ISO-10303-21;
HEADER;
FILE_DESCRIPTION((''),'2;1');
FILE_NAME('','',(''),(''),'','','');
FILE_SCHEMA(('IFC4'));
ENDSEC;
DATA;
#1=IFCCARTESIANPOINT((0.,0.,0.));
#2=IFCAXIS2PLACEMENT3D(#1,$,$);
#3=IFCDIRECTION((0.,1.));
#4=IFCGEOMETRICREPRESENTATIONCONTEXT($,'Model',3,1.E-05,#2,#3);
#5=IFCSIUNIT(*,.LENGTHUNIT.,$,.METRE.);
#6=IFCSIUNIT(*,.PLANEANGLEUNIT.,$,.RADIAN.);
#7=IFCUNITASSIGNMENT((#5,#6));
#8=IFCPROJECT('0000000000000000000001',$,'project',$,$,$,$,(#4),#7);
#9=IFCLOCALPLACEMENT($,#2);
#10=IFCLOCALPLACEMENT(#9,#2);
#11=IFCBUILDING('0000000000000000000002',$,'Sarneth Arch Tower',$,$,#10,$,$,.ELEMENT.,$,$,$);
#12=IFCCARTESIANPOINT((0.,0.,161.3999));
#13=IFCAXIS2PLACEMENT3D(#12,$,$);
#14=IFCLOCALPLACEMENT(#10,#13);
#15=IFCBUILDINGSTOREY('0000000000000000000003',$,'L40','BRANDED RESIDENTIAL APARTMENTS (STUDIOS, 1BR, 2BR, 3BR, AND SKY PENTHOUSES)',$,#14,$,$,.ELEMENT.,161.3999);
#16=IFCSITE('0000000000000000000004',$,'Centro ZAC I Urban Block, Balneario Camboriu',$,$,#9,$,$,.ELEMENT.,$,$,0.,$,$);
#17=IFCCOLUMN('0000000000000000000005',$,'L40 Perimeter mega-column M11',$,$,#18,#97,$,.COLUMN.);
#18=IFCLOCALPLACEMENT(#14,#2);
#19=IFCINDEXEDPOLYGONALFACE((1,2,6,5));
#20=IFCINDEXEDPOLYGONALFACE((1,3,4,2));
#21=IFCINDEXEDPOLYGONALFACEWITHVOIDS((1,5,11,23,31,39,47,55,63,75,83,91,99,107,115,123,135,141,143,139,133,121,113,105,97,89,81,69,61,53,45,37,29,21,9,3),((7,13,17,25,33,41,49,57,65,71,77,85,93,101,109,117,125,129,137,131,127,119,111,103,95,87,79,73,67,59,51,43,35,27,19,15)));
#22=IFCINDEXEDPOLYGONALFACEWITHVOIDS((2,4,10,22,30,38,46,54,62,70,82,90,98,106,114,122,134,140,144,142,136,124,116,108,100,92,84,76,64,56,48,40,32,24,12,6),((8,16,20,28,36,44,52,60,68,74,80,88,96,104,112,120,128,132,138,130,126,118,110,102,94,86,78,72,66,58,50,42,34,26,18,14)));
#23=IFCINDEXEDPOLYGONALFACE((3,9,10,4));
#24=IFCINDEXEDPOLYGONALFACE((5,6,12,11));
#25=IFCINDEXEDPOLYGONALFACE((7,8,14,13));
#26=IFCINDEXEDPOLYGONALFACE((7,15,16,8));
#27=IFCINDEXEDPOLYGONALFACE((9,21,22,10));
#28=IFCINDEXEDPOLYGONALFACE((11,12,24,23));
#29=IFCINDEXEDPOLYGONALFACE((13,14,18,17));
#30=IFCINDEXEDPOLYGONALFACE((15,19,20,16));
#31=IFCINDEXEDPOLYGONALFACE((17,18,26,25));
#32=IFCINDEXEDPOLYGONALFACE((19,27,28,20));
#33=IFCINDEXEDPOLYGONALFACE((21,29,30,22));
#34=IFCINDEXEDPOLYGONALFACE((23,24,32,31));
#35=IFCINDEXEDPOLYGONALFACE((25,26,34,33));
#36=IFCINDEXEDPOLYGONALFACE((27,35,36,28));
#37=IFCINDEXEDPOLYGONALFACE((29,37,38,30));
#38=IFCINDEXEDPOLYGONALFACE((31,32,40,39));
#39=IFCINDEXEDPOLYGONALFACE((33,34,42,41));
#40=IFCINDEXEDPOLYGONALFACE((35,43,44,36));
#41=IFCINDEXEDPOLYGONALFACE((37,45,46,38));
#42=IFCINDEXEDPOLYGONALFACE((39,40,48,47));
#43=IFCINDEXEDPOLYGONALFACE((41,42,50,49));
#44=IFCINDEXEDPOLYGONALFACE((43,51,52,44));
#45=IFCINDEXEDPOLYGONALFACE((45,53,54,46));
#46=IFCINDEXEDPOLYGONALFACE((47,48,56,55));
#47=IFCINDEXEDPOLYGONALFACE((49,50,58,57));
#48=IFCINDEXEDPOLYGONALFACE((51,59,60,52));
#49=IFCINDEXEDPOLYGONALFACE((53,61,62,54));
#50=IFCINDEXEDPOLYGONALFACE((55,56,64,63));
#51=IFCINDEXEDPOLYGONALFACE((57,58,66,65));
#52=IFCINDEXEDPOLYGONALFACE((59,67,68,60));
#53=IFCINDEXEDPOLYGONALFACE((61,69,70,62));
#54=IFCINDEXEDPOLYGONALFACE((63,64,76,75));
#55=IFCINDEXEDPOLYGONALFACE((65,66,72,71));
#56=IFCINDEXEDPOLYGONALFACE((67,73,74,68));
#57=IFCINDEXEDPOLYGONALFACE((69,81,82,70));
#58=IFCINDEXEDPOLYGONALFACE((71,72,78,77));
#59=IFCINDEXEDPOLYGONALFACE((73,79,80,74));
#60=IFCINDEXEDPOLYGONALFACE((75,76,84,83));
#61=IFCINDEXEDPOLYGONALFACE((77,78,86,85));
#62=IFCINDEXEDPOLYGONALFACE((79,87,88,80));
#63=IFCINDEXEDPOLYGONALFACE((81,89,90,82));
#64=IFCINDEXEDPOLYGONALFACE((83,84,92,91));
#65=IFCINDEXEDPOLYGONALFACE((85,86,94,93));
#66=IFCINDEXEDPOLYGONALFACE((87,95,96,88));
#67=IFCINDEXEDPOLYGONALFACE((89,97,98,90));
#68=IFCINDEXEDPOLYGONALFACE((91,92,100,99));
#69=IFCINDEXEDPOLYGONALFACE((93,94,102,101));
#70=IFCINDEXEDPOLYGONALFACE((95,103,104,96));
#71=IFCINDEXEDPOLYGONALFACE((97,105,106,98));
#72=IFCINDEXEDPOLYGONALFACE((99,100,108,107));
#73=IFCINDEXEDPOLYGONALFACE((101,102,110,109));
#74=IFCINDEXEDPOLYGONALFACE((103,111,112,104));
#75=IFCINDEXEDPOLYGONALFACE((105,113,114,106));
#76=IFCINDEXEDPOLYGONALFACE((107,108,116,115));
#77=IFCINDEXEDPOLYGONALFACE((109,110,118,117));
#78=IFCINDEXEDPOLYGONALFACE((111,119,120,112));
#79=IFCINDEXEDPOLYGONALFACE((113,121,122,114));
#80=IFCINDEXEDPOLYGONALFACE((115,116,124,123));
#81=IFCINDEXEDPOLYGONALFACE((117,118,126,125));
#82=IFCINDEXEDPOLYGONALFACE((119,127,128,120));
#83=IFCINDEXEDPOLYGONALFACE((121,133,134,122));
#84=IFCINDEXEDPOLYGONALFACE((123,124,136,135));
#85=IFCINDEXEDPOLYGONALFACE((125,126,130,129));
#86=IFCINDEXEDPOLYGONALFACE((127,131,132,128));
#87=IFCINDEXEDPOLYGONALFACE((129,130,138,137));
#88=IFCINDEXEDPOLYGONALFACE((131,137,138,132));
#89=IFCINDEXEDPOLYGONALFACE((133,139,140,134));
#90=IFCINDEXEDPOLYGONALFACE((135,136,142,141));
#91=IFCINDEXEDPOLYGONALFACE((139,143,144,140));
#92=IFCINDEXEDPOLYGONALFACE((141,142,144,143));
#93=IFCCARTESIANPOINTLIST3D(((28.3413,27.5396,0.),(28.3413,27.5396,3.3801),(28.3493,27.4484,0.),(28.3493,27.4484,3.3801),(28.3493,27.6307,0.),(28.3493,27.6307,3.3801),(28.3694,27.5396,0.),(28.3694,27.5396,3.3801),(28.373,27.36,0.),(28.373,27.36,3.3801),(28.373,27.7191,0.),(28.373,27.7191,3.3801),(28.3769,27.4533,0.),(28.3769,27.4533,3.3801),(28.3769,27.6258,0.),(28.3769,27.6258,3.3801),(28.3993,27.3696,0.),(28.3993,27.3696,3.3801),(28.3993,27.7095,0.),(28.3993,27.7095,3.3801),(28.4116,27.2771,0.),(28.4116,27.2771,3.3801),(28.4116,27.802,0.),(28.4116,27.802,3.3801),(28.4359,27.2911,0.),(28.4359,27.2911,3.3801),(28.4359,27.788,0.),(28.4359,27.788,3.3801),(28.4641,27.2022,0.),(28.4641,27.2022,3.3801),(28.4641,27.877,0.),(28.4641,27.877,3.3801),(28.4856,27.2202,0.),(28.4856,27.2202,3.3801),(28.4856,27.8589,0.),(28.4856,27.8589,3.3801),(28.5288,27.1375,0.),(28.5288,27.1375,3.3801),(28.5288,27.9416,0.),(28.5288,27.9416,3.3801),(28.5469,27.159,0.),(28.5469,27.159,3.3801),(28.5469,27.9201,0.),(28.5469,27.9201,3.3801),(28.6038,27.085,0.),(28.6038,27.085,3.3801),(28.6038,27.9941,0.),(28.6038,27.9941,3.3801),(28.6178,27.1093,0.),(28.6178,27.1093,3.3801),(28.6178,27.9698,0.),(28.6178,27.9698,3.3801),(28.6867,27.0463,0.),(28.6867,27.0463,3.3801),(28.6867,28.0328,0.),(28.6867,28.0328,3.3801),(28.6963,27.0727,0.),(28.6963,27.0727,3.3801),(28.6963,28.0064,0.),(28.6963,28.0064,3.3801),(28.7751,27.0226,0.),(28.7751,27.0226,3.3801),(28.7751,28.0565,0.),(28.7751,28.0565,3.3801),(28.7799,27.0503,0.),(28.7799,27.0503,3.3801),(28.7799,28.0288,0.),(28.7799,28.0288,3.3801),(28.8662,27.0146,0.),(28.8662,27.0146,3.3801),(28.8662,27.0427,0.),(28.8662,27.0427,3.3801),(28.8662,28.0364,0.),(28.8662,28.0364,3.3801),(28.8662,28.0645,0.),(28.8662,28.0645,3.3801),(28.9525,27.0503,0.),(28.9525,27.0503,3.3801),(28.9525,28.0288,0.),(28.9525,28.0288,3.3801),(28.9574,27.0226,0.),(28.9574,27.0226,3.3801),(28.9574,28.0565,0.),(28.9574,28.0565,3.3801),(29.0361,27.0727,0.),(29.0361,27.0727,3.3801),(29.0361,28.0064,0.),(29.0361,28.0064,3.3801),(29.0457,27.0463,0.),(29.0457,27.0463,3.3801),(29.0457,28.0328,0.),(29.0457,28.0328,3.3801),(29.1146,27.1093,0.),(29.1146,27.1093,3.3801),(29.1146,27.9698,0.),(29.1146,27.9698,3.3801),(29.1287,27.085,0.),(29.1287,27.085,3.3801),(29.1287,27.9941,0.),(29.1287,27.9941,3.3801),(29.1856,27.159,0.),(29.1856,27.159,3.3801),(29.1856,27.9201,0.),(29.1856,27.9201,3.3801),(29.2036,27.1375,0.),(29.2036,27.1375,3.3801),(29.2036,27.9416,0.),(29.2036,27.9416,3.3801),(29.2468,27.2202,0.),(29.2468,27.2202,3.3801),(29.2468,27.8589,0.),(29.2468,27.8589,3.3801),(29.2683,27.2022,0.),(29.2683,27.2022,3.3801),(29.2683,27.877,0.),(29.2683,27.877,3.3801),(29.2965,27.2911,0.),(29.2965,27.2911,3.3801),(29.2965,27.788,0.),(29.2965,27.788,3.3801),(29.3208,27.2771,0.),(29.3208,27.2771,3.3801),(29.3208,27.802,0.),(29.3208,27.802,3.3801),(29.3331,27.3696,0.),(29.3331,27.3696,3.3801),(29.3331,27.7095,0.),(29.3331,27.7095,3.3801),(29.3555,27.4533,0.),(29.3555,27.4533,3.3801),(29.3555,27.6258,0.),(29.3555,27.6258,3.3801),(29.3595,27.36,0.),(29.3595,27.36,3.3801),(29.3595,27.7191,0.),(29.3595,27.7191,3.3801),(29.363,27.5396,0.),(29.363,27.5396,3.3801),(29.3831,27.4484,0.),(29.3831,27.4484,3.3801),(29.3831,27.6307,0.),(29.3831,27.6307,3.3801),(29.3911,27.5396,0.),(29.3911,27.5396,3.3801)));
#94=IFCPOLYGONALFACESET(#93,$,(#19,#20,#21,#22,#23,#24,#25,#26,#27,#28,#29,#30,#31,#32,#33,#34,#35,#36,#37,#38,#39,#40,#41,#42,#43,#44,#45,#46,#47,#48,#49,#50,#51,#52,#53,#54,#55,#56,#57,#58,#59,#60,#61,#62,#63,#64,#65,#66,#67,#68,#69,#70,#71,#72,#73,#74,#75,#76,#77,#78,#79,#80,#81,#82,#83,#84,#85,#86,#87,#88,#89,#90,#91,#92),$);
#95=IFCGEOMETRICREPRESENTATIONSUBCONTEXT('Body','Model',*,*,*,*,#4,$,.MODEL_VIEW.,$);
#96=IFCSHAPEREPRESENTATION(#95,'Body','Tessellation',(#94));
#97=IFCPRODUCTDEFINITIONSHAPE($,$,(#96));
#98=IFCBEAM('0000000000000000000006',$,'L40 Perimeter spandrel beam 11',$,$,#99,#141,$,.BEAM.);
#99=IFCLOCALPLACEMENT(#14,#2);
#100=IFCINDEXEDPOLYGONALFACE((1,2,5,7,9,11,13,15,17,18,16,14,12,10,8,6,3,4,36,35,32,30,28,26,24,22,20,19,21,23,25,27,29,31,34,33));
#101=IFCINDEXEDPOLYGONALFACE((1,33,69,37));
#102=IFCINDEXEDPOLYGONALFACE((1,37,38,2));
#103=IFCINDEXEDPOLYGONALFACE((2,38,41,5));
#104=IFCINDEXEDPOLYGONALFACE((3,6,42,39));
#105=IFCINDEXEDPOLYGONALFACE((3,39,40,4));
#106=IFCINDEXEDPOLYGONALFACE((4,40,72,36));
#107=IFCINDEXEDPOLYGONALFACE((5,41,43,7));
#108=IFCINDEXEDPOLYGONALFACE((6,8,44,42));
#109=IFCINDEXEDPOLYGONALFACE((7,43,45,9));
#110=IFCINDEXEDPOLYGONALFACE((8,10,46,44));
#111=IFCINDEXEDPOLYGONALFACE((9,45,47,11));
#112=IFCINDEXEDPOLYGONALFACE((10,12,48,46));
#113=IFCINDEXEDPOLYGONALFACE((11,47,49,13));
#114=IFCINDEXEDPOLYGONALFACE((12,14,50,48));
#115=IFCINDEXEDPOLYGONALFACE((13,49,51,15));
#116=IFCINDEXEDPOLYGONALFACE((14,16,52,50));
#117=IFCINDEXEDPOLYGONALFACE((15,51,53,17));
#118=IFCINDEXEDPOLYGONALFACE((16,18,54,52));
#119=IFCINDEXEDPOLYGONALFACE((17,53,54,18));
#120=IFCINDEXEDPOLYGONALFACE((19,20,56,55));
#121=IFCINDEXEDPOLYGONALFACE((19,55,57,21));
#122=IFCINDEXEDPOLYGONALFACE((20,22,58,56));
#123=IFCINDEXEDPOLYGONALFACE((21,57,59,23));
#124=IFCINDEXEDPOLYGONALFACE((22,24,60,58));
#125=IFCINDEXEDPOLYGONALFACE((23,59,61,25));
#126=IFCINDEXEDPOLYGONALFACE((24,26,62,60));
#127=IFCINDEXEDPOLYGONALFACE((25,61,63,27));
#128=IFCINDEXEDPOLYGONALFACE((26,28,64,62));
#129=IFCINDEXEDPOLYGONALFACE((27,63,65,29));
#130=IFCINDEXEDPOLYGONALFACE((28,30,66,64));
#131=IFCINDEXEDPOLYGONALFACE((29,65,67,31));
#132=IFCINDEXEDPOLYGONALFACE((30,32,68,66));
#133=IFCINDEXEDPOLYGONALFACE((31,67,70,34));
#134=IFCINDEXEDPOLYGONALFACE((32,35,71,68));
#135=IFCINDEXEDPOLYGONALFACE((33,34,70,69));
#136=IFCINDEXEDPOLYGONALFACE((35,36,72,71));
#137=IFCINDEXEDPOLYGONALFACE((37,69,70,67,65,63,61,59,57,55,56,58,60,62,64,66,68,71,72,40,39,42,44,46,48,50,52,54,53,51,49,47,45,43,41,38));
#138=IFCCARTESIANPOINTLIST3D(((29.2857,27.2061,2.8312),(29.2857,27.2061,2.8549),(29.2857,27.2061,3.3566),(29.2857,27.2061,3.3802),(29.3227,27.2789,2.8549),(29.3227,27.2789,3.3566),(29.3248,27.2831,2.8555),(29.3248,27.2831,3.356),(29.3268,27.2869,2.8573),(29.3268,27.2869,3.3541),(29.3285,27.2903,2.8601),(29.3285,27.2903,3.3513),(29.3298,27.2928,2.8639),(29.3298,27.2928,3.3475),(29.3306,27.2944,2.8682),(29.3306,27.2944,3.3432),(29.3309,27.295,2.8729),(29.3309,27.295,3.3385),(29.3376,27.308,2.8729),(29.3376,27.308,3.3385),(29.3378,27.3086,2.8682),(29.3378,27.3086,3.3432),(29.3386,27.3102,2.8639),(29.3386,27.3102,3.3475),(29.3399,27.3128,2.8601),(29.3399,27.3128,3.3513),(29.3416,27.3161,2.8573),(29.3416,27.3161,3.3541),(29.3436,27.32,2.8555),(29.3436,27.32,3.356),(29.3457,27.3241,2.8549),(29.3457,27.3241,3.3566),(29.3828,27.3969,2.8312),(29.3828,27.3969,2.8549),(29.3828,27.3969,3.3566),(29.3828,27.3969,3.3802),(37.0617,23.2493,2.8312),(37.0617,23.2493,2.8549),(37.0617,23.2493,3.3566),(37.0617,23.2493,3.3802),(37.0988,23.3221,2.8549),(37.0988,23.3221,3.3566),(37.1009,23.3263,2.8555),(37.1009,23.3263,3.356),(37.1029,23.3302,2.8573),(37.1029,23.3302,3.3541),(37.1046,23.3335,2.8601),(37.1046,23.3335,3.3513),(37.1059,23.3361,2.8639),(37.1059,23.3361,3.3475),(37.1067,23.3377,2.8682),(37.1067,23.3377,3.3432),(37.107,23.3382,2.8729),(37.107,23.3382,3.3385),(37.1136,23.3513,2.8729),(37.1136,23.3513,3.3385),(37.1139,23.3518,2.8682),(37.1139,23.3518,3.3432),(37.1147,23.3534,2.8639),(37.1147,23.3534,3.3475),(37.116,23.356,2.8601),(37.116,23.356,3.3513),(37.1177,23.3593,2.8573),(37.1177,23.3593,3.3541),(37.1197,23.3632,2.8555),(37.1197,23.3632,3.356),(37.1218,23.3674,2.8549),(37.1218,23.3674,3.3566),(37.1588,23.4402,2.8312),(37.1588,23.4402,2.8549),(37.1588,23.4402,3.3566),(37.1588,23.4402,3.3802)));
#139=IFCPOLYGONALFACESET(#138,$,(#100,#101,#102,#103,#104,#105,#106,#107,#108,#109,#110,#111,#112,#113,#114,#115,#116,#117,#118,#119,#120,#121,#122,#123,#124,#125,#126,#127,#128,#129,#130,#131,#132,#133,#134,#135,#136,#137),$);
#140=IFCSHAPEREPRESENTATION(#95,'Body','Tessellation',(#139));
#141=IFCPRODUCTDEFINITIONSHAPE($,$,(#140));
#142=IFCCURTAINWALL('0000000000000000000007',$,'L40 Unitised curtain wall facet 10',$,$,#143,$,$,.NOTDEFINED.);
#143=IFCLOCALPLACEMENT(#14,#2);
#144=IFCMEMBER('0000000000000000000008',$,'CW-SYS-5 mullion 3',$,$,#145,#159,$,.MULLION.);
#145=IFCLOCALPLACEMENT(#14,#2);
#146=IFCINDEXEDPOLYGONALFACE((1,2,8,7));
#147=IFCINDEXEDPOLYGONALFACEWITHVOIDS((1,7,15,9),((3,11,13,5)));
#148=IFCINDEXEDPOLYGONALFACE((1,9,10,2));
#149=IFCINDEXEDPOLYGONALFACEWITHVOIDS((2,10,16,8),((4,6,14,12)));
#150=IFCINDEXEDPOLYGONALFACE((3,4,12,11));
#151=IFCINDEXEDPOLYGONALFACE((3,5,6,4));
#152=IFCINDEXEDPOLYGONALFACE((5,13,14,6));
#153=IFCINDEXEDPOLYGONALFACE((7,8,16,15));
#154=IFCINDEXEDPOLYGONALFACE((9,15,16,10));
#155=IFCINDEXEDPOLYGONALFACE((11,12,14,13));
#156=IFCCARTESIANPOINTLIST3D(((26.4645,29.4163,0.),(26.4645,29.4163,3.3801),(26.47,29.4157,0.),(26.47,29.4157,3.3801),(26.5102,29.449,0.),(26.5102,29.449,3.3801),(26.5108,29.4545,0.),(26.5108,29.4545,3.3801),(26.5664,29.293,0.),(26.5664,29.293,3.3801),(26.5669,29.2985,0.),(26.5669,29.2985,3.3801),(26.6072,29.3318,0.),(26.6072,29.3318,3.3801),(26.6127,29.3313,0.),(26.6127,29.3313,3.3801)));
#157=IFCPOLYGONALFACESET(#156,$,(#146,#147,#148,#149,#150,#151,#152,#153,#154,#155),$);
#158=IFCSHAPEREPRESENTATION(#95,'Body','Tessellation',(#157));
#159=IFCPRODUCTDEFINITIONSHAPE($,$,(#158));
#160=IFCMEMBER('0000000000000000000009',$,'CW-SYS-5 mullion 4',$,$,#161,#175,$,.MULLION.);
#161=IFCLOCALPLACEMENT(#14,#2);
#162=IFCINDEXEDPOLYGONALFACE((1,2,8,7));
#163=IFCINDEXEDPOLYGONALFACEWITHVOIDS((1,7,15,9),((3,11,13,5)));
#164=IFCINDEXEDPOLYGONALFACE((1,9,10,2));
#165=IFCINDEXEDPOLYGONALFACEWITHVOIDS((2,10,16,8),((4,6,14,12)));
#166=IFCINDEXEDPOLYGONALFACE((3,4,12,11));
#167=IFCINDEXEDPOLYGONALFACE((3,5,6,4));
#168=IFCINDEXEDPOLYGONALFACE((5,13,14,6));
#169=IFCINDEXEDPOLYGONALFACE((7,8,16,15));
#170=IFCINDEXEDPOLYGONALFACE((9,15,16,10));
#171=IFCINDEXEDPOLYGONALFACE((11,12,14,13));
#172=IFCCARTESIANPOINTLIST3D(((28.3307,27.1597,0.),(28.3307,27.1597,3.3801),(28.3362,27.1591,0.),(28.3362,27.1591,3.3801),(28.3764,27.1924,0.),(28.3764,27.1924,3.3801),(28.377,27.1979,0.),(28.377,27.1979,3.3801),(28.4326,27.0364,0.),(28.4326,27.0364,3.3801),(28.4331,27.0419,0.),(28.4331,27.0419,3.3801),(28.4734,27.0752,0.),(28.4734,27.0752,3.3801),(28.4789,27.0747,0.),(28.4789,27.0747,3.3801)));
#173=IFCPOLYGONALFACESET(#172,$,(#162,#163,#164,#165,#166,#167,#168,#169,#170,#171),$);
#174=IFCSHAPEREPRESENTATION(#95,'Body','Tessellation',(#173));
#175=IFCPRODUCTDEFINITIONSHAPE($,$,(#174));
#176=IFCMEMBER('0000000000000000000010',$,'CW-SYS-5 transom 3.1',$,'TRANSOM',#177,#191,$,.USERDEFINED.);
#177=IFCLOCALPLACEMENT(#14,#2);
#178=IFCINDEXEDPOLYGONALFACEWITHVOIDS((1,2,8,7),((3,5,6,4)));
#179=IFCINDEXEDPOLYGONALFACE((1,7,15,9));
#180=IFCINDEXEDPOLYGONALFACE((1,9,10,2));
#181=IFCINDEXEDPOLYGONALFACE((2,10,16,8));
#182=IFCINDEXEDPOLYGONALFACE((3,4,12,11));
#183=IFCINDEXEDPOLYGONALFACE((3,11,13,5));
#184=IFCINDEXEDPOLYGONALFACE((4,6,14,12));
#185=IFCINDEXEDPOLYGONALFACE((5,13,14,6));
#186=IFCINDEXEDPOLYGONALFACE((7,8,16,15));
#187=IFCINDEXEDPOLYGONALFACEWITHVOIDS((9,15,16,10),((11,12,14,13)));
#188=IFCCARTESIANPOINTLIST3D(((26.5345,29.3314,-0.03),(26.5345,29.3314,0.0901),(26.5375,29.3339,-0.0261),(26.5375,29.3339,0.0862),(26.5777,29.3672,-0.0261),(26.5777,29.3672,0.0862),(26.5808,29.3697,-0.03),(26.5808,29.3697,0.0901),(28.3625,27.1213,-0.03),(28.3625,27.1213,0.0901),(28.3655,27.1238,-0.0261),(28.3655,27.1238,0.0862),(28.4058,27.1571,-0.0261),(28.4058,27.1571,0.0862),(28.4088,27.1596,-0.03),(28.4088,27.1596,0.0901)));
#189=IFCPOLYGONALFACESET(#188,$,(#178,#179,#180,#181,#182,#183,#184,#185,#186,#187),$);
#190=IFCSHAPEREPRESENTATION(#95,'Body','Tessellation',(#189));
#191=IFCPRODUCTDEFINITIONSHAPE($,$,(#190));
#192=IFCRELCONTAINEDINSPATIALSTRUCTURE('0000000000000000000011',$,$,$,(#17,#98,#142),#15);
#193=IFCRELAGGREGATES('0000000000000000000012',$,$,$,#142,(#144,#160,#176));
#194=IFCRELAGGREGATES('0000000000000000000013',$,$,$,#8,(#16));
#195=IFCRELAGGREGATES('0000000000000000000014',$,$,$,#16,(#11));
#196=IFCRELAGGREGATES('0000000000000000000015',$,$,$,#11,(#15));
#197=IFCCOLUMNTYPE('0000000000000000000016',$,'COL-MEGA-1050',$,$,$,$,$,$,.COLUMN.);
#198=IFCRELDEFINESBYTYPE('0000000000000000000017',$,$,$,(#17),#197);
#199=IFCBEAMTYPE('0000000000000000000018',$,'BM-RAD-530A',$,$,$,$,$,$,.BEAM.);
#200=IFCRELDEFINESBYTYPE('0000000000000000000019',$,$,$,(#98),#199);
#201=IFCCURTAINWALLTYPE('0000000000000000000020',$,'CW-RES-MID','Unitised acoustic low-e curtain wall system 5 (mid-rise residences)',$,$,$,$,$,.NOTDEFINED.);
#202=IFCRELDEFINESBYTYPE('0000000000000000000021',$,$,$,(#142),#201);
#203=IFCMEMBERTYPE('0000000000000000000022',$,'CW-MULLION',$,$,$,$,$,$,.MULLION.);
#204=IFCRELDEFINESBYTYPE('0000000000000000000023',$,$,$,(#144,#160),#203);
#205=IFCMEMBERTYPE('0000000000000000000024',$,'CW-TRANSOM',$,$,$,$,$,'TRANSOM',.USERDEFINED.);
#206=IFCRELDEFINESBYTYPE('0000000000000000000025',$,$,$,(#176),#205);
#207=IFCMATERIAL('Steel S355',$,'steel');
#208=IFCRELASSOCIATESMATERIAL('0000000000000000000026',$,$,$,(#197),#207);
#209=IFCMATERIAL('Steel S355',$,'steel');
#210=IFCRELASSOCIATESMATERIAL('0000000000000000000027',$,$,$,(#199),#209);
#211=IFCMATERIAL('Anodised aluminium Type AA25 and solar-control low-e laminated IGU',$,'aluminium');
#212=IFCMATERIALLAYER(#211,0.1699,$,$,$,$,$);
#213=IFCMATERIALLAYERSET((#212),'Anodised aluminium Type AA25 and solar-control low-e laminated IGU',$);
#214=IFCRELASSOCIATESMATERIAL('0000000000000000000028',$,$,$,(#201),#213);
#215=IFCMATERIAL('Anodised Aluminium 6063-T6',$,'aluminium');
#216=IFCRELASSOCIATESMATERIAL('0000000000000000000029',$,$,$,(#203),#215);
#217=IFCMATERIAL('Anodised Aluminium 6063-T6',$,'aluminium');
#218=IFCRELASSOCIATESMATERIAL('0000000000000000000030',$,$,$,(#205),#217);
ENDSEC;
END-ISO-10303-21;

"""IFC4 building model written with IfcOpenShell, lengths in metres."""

from ifc_helpers import new_model, si_unit, direction, frame, origin, origin_2d, place, context, subcontext, project, spatial, hollow_rectangle, hollow_circle, i_section, extrude, material, layer, layer_set, material_profile, profile_set, type_object, element, aggregate, save


model = new_model("IFC4")

# Units and contexts
model_context = context("Model", 3, precision=1e-05, world=origin(), true_north=direction((0.0, 1.0)))
body_context = subcontext(model_context, "Body", "Model", "MODEL_VIEW")
ifc_project = project(units=[si_unit("LENGTHUNIT", "METRE"), si_unit("PLANEANGLEUNIT", "RADIAN")], contexts=[model_context])

# Site, building, storey
site_placement = place(None, origin())
site = spatial("IfcSite", under=ifc_project, at=site_placement, Name="Centro ZAC I Urban Block, Balneario Camboriu", CompositionType="ELEMENT", RefElevation=0.0)
building_placement = place(site_placement, origin())
building = spatial("IfcBuilding", under=site, at=building_placement, Name="Sarneth Arch Tower", CompositionType="ELEMENT")
storey_placement = place(building_placement, frame((0.0, 0.0, 161.3999)))
storey = spatial("IfcBuildingStorey", under=building, at=storey_placement, Name="L40", Description="BRANDED RESIDENTIAL APARTMENTS (STUDIOS, 1BR, 2BR, 3BR, AND SKY PENTHOUSES)", CompositionType="ELEMENT", Elevation=161.3999)

# Column
ifc_material_1 = material(Name="Steel S355", Category="steel")
ifc_material_profile_1 = material_profile(ifc_material_1, hollow_circle(Radius=0.5249, WallThickness=0.0281, at=origin_2d()), Name="CHS1050x28")
ifc_profile_set_1 = profile_set([ifc_material_profile_1], Name="Steel S355")
column_type = type_object("IfcColumnType", Name="COL-MEGA-1050", PredefinedType="COLUMN", material=ifc_profile_set_1)
column_placement = place(storey_placement, frame((28.8662, 27.5396, 0.0), z_axis=(0.0, 0.0, 1.0), x_axis=(1.0, 0.0, 0.0)))
element("IfcColumn", 1, at=column_placement, inside=storey, type_object=column_type, Name="L40 Perimeter mega-column M11", PredefinedType="COLUMN", context=body_context, shape_type="SweptSolid", body=[
    extrude(hollow_circle(Radius=0.5249, WallThickness=0.0281, at=origin_2d()), origin(), (0.0, 0.0, 1.0), 3.3801),
])

# Beam
ifc_material_2 = material(Name="Steel S355", Category="steel")
ifc_material_profile_2 = material_profile(ifc_material_2, i_section(OverallWidth=0.2141, OverallDepth=0.5491, WebThickness=0.0146, FlangeThickness=0.0237, FilletRadius=0.0181, at=origin_2d()), Name="W530x138")
ifc_profile_set_2 = profile_set([ifc_material_profile_2], Name="Steel S355")
beam_type = type_object("IfcBeamType", Name="BM-RAD-530A", PredefinedType="BEAM", material=ifc_profile_set_2)
beam_placement = place(storey_placement, frame((29.3342, 27.3015, 3.1057), z_axis=(0.891254, -0.453504, 0.0), x_axis=(0.453504, 0.891254, 0.0)))
element("IfcBeam", 2, at=beam_placement, inside=storey, type_object=beam_type, Name="L40 Perimeter spandrel beam 11", PredefinedType="BEAM", context=body_context, shape_type="SweptSolid", body=[
    extrude(i_section(OverallWidth=0.2141, OverallDepth=0.5491, WebThickness=0.0146, FlangeThickness=0.0237, FilletRadius=0.0181, at=origin_2d()), origin(), (0.0, 0.0, 1.0), 8.7249),
])

# Curtain wall, members
ifc_material_3 = material(Name="Anodised aluminium Type AA25 and solar-control low-e laminated IGU", Category="aluminium")
ifc_layer_1 = layer(ifc_material_3, 0.1699)
ifc_layer_set_1 = layer_set([ifc_layer_1], Name="Anodised aluminium Type AA25 and solar-control low-e laminated IGU")
curtain_wall_type = type_object("IfcCurtainWallType", Name="CW-RES-MID", Description="Unitised acoustic low-e curtain wall system 5 (mid-rise residences)", PredefinedType="NOTDEFINED", material=ifc_layer_set_1)
curtain_wall_placement = place(storey_placement, origin())
curtain_wall = element("IfcCurtainWall", 3, at=curtain_wall_placement, inside=storey, type_object=curtain_wall_type, Name="L40 Unitised curtain wall facet 10", PredefinedType="NOTDEFINED")
ifc_material_4 = material(Name="Anodised Aluminium 6063-T6", Category="aluminium")
ifc_material_profile_3 = material_profile(ifc_material_4, hollow_rectangle(XDim=0.0601, YDim=0.1599, WallThickness=0.0039, at=origin_2d()), Name="AL-MULL-160x60x4")
ifc_profile_set_3 = profile_set([ifc_material_profile_3], Name="Anodised Aluminium 6063-T6")
member_type_1 = type_object("IfcMemberType", Name="CW-MULLION", PredefinedType="MULLION", material=ifc_profile_set_3)
member_1_placement = place(storey_placement, frame((26.5386, 29.3738, 0.0), z_axis=(0.0, 0.0, 1.0), x_axis=(0.770591, 0.63733, 0.0)))
member_1 = element("IfcMember", 4, at=member_1_placement, type_object=member_type_1, Name="CW-SYS-5 mullion 3", PredefinedType="MULLION", context=body_context, shape_type="SweptSolid", body=[
    extrude(hollow_rectangle(XDim=0.0601, YDim=0.1599, WallThickness=0.0039, at=origin_2d()), origin(), (0.0, 0.0, 1.0), 3.3801),
])
member_2_placement = place(storey_placement, frame((28.4048, 27.1172, 0.0), z_axis=(0.0, 0.0, 1.0), x_axis=(0.770591, 0.63733, 0.0)))
member_2 = element("IfcMember", 5, at=member_2_placement, type_object=member_type_1, Name="CW-SYS-5 mullion 4", PredefinedType="MULLION", context=body_context, shape_type="SweptSolid", body=[
    extrude(hollow_rectangle(XDim=0.0601, YDim=0.1599, WallThickness=0.0039, at=origin_2d()), origin(), (0.0, 0.0, 1.0), 3.3801),
])
ifc_material_5 = material(Name="Anodised Aluminium 6063-T6", Category="aluminium")
ifc_material_profile_4 = material_profile(ifc_material_5, hollow_rectangle(XDim=0.0601, YDim=0.1201, WallThickness=0.0039, at=origin_2d()), Name="AL-TRAN-120x60x4")
ifc_profile_set_4 = profile_set([ifc_material_profile_4], Name="Anodised Aluminium 6063-T6")
member_type_2 = type_object("IfcMemberType", Name="CW-TRANSOM", ElementType="TRANSOM", PredefinedType="USERDEFINED", material=ifc_profile_set_4)
member_3_placement = place(storey_placement, frame((26.5576, 29.3506, 0.03), z_axis=(0.637359, -0.770567, 0.0), x_axis=(0.770567, 0.637359, 0.0)))
member_3 = element("IfcMember", 6, at=member_3_placement, type_object=member_type_2, Name="CW-SYS-5 transom 3.1", ObjectType="TRANSOM", PredefinedType="USERDEFINED", context=body_context, shape_type="SweptSolid", body=[
    extrude(hollow_rectangle(XDim=0.0601, YDim=0.1201, WallThickness=0.0039, at=origin_2d()), origin(), (0.0, 0.0, 1.0), 2.8682),
])

aggregate(curtain_wall, [member_1, member_2, member_3])

save(model, "model.ifc")
